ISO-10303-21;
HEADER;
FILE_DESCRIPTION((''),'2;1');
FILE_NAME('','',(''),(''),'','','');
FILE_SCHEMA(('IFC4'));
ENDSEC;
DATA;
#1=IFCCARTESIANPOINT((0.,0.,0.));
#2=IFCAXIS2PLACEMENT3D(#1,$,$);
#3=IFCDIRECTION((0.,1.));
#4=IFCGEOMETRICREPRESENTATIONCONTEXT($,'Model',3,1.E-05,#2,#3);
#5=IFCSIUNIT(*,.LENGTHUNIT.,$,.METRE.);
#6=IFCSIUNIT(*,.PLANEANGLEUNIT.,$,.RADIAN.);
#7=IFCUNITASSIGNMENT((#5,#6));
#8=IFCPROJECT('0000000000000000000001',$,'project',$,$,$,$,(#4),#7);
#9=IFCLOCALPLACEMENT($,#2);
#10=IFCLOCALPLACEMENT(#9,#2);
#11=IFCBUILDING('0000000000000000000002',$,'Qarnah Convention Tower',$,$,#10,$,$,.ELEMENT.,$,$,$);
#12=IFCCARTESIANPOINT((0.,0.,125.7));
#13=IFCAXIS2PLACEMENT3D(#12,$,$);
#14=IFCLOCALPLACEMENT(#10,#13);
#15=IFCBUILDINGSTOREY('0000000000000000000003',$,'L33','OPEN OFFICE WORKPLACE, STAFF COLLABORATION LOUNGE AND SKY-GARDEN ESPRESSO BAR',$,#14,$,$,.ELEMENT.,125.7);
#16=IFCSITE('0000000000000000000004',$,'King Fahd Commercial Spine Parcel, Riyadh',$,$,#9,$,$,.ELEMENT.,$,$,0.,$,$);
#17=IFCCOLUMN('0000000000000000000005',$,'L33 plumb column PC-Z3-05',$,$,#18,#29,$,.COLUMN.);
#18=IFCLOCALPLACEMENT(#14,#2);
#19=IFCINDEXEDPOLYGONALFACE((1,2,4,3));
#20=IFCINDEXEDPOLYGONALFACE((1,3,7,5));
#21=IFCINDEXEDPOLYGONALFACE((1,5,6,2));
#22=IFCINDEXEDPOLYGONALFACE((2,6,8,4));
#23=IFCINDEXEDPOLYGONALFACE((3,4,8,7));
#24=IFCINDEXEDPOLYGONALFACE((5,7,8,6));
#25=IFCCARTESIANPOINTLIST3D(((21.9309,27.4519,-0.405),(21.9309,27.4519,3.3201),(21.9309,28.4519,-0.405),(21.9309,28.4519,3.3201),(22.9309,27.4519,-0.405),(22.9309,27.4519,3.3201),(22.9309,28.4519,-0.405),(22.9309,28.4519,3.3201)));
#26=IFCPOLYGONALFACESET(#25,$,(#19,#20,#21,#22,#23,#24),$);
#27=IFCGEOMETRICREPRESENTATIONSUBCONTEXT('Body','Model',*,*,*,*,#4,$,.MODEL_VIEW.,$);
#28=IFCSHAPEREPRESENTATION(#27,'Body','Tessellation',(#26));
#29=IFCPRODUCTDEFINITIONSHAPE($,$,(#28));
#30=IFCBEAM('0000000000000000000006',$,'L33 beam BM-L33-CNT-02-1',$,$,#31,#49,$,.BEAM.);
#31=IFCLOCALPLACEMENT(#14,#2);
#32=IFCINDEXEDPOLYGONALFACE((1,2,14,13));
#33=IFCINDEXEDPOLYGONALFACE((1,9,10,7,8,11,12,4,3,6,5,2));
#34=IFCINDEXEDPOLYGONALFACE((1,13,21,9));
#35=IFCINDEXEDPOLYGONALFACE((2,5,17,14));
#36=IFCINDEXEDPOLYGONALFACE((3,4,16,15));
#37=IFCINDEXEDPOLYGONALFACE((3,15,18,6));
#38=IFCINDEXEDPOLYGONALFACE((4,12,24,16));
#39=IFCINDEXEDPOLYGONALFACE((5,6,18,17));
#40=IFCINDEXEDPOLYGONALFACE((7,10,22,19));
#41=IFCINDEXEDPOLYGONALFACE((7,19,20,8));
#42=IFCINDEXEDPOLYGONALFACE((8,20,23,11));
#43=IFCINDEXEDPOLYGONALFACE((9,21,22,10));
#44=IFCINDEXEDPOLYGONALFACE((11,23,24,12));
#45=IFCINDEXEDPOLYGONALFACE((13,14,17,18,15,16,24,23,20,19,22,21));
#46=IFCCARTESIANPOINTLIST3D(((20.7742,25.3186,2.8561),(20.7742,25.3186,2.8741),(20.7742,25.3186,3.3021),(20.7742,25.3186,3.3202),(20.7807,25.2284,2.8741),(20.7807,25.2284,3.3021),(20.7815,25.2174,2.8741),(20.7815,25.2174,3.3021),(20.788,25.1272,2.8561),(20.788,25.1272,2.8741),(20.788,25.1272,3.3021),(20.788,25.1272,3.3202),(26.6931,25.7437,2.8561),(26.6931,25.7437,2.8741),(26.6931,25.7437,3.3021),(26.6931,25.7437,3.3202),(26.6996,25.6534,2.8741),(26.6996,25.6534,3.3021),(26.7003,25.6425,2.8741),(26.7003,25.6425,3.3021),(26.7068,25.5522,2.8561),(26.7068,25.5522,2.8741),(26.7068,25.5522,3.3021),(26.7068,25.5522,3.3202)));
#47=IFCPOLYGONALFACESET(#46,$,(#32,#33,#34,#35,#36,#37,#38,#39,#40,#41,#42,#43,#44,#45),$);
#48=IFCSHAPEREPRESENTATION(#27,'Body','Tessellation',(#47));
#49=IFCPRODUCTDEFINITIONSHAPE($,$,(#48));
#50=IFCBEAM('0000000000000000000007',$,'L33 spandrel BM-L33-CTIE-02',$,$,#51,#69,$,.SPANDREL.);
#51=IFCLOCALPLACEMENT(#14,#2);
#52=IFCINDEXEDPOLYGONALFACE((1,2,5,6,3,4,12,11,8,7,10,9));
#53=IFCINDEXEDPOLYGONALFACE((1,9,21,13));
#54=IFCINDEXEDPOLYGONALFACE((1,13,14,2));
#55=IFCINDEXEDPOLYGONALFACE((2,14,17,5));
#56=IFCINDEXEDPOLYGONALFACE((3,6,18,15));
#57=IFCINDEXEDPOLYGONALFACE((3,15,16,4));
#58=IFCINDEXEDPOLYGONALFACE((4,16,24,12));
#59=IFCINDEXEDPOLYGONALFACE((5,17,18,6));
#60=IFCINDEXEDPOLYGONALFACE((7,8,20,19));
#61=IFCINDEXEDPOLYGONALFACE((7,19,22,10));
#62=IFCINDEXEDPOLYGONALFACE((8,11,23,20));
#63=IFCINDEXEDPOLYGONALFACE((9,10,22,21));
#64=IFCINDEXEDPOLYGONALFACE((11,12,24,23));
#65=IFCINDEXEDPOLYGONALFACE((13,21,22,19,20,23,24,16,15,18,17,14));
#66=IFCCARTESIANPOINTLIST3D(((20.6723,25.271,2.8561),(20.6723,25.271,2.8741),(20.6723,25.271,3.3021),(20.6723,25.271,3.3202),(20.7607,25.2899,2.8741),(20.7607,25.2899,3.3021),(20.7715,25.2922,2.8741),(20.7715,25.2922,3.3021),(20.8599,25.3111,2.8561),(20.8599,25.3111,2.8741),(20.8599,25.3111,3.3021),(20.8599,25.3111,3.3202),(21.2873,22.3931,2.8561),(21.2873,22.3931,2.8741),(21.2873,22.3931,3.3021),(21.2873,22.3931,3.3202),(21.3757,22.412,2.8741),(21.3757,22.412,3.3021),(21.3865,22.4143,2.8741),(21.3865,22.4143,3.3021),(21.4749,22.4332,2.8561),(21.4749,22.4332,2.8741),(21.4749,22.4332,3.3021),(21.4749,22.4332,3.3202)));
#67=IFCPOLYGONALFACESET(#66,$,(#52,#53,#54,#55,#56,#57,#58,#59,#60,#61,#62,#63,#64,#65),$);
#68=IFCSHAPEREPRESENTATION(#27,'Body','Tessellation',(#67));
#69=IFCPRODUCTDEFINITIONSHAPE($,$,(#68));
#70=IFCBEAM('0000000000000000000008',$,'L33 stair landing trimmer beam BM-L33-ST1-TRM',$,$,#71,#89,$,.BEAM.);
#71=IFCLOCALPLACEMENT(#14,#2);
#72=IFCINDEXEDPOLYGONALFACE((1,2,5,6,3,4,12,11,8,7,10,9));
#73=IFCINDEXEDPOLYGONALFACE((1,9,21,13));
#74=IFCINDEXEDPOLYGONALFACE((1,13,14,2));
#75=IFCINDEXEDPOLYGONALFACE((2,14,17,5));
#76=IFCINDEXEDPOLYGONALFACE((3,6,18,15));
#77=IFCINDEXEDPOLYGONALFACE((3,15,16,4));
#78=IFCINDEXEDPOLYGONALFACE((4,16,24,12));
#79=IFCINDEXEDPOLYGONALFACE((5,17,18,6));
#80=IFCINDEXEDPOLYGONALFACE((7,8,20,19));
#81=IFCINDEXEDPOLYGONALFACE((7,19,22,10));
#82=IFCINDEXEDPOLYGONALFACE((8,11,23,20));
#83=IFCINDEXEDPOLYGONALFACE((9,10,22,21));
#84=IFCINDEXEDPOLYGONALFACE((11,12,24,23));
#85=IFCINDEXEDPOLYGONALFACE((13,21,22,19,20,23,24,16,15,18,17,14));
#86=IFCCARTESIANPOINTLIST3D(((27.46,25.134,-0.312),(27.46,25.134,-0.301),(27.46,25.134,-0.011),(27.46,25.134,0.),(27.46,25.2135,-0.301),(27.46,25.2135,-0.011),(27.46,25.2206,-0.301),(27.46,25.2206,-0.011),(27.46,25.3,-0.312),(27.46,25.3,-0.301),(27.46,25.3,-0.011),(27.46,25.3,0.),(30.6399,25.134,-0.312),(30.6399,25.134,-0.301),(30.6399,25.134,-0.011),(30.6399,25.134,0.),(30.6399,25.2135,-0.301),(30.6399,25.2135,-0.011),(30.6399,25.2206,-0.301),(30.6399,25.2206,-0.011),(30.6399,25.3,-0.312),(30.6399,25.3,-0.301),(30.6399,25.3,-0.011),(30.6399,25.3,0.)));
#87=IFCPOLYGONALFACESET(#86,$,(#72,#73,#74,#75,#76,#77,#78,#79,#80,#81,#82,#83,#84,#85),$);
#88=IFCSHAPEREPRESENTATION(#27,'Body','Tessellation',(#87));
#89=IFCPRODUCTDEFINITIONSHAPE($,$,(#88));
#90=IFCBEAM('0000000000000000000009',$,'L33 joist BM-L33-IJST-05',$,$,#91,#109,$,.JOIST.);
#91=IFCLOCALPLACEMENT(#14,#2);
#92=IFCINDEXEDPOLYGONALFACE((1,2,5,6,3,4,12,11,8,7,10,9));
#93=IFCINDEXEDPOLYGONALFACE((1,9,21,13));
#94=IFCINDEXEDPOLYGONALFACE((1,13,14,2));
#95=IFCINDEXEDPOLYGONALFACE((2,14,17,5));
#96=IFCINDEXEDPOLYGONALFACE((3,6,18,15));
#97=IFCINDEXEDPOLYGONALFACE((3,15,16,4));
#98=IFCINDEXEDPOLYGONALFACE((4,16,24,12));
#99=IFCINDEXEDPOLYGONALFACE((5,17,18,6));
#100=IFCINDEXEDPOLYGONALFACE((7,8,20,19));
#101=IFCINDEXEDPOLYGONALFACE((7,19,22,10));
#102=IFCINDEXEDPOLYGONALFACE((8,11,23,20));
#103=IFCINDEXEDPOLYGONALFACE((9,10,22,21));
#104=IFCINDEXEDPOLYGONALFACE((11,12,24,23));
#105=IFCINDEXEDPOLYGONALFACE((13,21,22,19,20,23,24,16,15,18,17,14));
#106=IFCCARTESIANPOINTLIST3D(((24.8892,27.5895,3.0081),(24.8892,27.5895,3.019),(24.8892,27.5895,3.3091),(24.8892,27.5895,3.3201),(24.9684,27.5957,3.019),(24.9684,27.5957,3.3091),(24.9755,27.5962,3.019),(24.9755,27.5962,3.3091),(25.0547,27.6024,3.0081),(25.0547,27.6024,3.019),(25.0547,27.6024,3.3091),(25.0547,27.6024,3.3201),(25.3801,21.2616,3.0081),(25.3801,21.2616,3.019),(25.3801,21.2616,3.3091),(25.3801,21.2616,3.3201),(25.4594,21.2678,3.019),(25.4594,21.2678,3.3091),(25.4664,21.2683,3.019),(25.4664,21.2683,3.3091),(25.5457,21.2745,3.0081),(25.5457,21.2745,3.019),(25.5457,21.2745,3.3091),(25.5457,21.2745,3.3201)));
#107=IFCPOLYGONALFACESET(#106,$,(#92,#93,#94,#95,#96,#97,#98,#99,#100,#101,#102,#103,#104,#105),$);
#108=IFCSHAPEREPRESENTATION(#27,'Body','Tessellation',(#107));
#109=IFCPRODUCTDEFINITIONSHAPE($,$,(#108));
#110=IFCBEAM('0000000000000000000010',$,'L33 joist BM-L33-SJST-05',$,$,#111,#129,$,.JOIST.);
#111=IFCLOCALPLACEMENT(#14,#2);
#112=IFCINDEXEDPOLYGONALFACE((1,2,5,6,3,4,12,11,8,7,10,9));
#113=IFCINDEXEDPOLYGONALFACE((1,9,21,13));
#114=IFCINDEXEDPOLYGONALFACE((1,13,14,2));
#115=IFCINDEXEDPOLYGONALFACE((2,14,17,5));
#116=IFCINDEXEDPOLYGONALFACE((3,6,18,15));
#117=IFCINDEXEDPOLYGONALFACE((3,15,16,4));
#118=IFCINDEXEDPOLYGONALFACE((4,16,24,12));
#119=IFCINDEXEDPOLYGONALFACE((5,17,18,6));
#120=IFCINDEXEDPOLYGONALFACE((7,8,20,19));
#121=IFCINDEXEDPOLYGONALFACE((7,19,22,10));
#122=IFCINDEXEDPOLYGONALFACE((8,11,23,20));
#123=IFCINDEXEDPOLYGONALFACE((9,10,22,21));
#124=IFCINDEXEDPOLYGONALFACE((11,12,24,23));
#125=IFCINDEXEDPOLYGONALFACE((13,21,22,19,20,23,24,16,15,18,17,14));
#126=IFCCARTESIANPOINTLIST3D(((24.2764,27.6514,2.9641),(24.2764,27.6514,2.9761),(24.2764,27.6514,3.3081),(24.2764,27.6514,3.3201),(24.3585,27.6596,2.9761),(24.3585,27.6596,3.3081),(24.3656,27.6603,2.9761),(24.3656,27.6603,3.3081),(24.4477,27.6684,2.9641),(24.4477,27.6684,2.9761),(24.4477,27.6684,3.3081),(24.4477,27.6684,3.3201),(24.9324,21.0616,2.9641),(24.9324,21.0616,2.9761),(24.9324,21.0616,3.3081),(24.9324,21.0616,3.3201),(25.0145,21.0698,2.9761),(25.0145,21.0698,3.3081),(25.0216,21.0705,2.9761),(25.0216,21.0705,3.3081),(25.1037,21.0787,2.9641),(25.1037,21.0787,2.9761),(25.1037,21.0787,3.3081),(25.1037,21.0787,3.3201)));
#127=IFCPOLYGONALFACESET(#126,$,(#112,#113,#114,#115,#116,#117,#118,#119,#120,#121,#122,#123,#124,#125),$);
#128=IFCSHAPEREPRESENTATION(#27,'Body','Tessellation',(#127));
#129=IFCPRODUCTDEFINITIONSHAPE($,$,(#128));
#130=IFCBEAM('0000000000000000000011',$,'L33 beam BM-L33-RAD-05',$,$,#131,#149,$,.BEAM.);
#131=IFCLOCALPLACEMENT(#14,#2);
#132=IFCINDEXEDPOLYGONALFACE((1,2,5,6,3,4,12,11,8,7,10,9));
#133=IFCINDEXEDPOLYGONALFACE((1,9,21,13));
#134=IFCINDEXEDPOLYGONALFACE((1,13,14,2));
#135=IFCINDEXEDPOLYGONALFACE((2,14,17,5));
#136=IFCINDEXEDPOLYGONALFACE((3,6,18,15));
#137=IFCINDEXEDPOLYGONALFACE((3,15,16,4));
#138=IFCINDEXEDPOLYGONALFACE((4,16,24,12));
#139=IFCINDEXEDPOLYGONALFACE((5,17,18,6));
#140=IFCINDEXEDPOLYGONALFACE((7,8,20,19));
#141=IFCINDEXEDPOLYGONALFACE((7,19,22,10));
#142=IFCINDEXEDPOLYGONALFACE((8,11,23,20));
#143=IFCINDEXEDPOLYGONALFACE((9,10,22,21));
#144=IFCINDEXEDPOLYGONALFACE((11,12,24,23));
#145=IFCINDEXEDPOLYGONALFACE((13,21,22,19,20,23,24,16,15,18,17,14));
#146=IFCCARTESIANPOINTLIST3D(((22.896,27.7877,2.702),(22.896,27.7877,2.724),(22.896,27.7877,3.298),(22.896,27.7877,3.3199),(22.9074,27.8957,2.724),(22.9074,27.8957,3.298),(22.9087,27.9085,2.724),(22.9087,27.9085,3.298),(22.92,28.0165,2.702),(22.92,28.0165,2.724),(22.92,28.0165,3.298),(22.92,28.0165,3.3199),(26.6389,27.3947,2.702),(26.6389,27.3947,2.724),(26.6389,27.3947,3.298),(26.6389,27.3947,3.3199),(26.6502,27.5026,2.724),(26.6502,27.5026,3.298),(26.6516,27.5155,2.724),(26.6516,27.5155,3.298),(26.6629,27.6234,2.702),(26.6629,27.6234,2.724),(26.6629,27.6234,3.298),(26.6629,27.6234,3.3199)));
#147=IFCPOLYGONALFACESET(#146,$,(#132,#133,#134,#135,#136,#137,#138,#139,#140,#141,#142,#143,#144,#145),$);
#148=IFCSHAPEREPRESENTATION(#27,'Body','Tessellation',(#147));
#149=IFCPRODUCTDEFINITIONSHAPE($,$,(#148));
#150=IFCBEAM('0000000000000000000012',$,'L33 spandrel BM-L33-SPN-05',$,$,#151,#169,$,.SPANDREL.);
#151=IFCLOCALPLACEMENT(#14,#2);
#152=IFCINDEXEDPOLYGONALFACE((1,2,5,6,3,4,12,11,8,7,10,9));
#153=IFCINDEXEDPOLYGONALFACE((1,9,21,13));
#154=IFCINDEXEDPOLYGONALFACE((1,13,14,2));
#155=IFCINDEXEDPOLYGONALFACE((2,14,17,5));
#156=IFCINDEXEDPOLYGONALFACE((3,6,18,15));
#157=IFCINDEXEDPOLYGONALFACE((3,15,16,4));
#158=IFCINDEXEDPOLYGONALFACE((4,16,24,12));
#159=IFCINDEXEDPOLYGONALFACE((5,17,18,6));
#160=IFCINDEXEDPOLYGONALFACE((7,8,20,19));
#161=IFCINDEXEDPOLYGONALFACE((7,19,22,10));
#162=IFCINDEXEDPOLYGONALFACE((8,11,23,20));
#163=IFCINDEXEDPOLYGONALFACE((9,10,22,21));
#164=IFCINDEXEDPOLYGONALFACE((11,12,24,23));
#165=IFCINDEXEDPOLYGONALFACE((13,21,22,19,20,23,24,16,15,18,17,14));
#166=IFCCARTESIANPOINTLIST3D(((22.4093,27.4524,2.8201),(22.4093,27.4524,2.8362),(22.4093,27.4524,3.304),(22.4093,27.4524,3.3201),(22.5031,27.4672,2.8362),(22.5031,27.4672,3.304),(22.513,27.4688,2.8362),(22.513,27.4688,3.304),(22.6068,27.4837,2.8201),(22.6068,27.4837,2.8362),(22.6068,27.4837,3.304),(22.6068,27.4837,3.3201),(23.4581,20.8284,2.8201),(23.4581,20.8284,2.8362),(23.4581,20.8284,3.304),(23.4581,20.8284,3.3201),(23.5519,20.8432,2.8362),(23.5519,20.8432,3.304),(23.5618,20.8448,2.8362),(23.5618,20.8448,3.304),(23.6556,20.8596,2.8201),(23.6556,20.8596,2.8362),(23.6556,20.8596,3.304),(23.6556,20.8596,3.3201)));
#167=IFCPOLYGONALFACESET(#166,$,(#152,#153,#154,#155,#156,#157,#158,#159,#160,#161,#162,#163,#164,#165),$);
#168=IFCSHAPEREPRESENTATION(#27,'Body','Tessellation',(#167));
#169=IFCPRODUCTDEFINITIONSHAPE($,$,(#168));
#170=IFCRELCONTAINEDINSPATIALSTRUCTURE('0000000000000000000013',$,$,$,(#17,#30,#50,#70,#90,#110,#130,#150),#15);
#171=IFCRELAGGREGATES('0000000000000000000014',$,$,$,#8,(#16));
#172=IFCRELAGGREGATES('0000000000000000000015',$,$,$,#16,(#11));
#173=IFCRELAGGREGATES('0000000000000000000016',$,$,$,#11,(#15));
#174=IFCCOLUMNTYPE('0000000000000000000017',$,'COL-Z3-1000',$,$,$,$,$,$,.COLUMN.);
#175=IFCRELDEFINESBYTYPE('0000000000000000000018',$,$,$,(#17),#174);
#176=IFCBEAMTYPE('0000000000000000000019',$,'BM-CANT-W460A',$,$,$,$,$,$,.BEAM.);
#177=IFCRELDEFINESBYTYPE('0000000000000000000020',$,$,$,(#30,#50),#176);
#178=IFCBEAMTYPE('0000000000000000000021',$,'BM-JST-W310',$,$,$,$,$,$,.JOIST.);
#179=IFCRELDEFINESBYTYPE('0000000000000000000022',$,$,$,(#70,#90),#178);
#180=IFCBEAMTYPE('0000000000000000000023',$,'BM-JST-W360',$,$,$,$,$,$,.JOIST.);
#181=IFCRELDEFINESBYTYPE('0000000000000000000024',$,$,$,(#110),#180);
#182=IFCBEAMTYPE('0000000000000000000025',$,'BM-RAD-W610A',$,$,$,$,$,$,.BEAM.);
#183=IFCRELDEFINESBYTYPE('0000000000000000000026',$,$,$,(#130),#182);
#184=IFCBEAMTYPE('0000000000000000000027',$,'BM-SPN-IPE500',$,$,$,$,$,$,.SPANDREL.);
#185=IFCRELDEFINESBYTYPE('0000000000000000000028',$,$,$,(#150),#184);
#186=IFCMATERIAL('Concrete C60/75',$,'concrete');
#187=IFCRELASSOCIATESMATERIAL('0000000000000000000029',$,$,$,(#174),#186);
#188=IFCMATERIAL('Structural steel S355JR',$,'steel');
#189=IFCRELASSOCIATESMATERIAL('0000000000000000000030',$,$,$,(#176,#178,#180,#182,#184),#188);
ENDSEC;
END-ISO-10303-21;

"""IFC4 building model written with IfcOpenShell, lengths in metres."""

from ifc_helpers import new_model, si_unit, direction, frame, origin, origin_2d, place, context, subcontext, project, spatial, rectangle, i_section, extrude, material, material_profile, profile_set, type_object, element, save


model = new_model("IFC4")

# Units and contexts
model_context = context("Model", 3, precision=1e-05, world=origin(), true_north=direction((0.0, 1.0)))
body_context = subcontext(model_context, "Body", "Model", "MODEL_VIEW")
ifc_project = project(units=[si_unit("LENGTHUNIT", "METRE"), si_unit("PLANEANGLEUNIT", "RADIAN")], contexts=[model_context])

# Site, building, storey
site_placement = place(None, origin())
site = spatial("IfcSite", under=ifc_project, at=site_placement, Name="King Fahd Commercial Spine Parcel, Riyadh", CompositionType="ELEMENT", RefElevation=0.0)
building_placement = place(site_placement, origin())
building = spatial("IfcBuilding", under=site, at=building_placement, Name="Qarnah Convention Tower", CompositionType="ELEMENT")
storey_placement = place(building_placement, frame((0.0, 0.0, 125.7)))
storey = spatial("IfcBuildingStorey", under=building, at=storey_placement, Name="L33", Description="OPEN OFFICE WORKPLACE, STAFF COLLABORATION LOUNGE AND SKY-GARDEN ESPRESSO BAR", CompositionType="ELEMENT", Elevation=125.7)

# Column
ifc_material_1 = material(Name="Concrete C60/75", Category="concrete")
ifc_material_profile_1 = material_profile(ifc_material_1, rectangle(XDim=1.0, YDim=1.0, at=origin_2d()), Name="RC-COL-1000X1000")
ifc_profile_set_1 = profile_set([ifc_material_profile_1], Name="Concrete C60/75")
column_type = type_object("IfcColumnType", Name="COL-Z3-1000", PredefinedType="COLUMN", material=ifc_profile_set_1)
column_placement = place(storey_placement, frame((22.4309, 27.9519, -0.405), z_axis=(0.0, 0.0, 1.0), x_axis=(1.0, 0.0, 0.0)))
element("IfcColumn", 1, at=column_placement, inside=storey, type_object=column_type, Name="L33 plumb column PC-Z3-05", PredefinedType="COLUMN", context=body_context, shape_type="SweptSolid", body=[
    extrude(rectangle(XDim=1.0, YDim=1.0, at=origin_2d()), origin(), (0.0, 0.0, 1.0), 3.7251),
])

# Beams
ifc_material_2 = material(Name="Structural steel S355JR", Category="steel")
ifc_material_profile_2 = material_profile(ifc_material_2, i_section(OverallWidth=0.1919, OverallDepth=0.4641, WebThickness=0.011, FlangeThickness=0.0181, at=origin_2d()), Name="W460X89")
ifc_profile_set_2 = profile_set([ifc_material_profile_2], Name="Structural steel S355JR")
beam_type_1 = type_object("IfcBeamType", Name="BM-CANT-W460A", PredefinedType="BEAM", material=ifc_profile_set_2)
beam_1_placement = place(storey_placement, frame((26.7, 25.6479, 3.0881), z_axis=(-0.997431, -0.071627, 0.0), x_axis=(0.071627, -0.997431, 0.0)))
element("IfcBeam", 2, at=beam_1_placement, inside=storey, type_object=beam_type_1, Name="L33 beam BM-L33-CNT-02-1", PredefinedType="BEAM", context=body_context, shape_type="SweptSolid", body=[
    extrude(i_section(OverallWidth=0.1919, OverallDepth=0.4641, WebThickness=0.011, FlangeThickness=0.0181, at=origin_2d()), origin(), (0.0, 0.0, 1.0), 5.9341),
])
beam_2_placement = place(storey_placement, frame((20.7661, 25.291, 3.0881), z_axis=(0.208974, -0.977921, 0.0), x_axis=(0.977921, 0.208974, 0.0)))
element("IfcBeam", 3, at=beam_2_placement, inside=storey, type_object=beam_type_1, Name="L33 spandrel BM-L33-CTIE-02", PredefinedType="SPANDREL", context=body_context, shape_type="SweptSolid", body=[
    extrude(i_section(OverallWidth=0.1919, OverallDepth=0.4641, WebThickness=0.011, FlangeThickness=0.0181, at=origin_2d()), origin(), (0.0, 0.0, 1.0), 2.9429),
])
ifc_material_profile_3 = material_profile(ifc_material_2, i_section(OverallWidth=0.166, OverallDepth=0.312, WebThickness=0.0071, FlangeThickness=0.011, at=origin_2d()), Name="W310X45")
ifc_profile_set_3 = profile_set([ifc_material_profile_3], Name="Structural steel S355JR")
beam_type_2 = type_object("IfcBeamType", Name="BM-JST-W310", PredefinedType="JOIST", material=ifc_profile_set_3)
beam_3_placement = place(storey_placement, frame((27.46, 25.217, -0.156), z_axis=(1.0, 0.0, 0.0), x_axis=(0.0, 1.0, 0.0)))
element("IfcBeam", 4, at=beam_3_placement, inside=storey, type_object=beam_type_2, Name="L33 stair landing trimmer beam BM-L33-ST1-TRM", PredefinedType="BEAM", context=body_context, shape_type="SweptSolid", body=[
    extrude(i_section(OverallWidth=0.166, OverallDepth=0.312, WebThickness=0.0071, FlangeThickness=0.011, at=origin_2d()), origin(), (0.0, 0.0, 1.0), 3.1799),
])
beam_4_placement = place(storey_placement, frame((24.9719, 27.5959, 3.1641), z_axis=(0.077355, -0.997004, 0.0), x_axis=(0.997004, 0.077355, 0.0)))
element("IfcBeam", 5, at=beam_4_placement, inside=storey, type_object=beam_type_2, Name="L33 joist BM-L33-IJST-05", PredefinedType="JOIST", context=body_context, shape_type="SweptSolid", body=[
    extrude(i_section(OverallWidth=0.166, OverallDepth=0.312, WebThickness=0.0071, FlangeThickness=0.011, at=origin_2d()), origin(), (0.0, 0.0, 1.0), 6.3469),
])
ifc_material_profile_4 = material_profile(ifc_material_2, i_section(OverallWidth=0.1721, OverallDepth=0.356, WebThickness=0.0071, FlangeThickness=0.012, at=origin_2d()), Name="W360X51")
ifc_profile_set_4 = profile_set([ifc_material_profile_4], Name="Structural steel S355JR")
beam_type_3 = type_object("IfcBeamType", Name="BM-JST-W360", PredefinedType="JOIST", material=ifc_profile_set_4)
beam_5_placement = place(storey_placement, frame((24.3621, 27.6599, 3.1421), z_axis=(0.099058, -0.995082, 0.0), x_axis=(0.995082, 0.099058, 0.0)))
element("IfcBeam", 6, at=beam_5_placement, inside=storey, type_object=beam_type_3, Name="L33 joist BM-L33-SJST-05", PredefinedType="JOIST", context=body_context, shape_type="SweptSolid", body=[
    extrude(i_section(OverallWidth=0.1721, OverallDepth=0.356, WebThickness=0.0071, FlangeThickness=0.012, at=origin_2d()), origin(), (0.0, 0.0, 1.0), 6.6223),
])
ifc_material_profile_5 = material_profile(ifc_material_2, i_section(OverallWidth=0.23, OverallDepth=0.6179, WebThickness=0.0129, FlangeThickness=0.022, at=origin_2d()), Name="W610X140")
ifc_profile_set_5 = profile_set([ifc_material_profile_5], Name="Structural steel S355JR")
beam_type_4 = type_object("IfcBeamType", Name="BM-RAD-W610A", PredefinedType="BEAM", material=ifc_profile_set_5)
beam_6_placement = place(storey_placement, frame((26.6509, 27.509, 3.011), z_axis=(-0.994531, 0.104442, 0.0), x_axis=(-0.104442, -0.994531, 0.0)))
element("IfcBeam", 7, at=beam_6_placement, inside=storey, type_object=beam_type_4, Name="L33 beam BM-L33-RAD-05", PredefinedType="BEAM", context=body_context, shape_type="SweptSolid", body=[
    extrude(i_section(OverallWidth=0.23, OverallDepth=0.6179, WebThickness=0.0129, FlangeThickness=0.022, at=origin_2d()), origin(), (0.0, 0.0, 1.0), 3.7634),
])
ifc_material_profile_6 = material_profile(ifc_material_2, i_section(OverallWidth=0.2, OverallDepth=0.5, WebThickness=0.01, FlangeThickness=0.0161, at=origin_2d()), Name="IPE500")
ifc_profile_set_6 = profile_set([ifc_material_profile_6], Name="Structural steel S355JR")
beam_type_5 = type_object("IfcBeamType", Name="BM-SPN-IPE500", PredefinedType="SPANDREL", material=ifc_profile_set_6)
beam_7_placement = place(storey_placement, frame((22.5081, 27.468, 3.0701), z_axis=(0.156389, -0.987696, 0.0), x_axis=(0.987696, 0.156389, 0.0)))
element("IfcBeam", 8, at=beam_7_placement, inside=storey, type_object=beam_type_5, Name="L33 spandrel BM-L33-SPN-05", PredefinedType="SPANDREL", context=body_context, shape_type="SweptSolid", body=[
    extrude(i_section(OverallWidth=0.2, OverallDepth=0.5, WebThickness=0.01, FlangeThickness=0.0161, at=origin_2d()), origin(), (0.0, 0.0, 1.0), 6.7065),
])

save(model, "model.ifc")
